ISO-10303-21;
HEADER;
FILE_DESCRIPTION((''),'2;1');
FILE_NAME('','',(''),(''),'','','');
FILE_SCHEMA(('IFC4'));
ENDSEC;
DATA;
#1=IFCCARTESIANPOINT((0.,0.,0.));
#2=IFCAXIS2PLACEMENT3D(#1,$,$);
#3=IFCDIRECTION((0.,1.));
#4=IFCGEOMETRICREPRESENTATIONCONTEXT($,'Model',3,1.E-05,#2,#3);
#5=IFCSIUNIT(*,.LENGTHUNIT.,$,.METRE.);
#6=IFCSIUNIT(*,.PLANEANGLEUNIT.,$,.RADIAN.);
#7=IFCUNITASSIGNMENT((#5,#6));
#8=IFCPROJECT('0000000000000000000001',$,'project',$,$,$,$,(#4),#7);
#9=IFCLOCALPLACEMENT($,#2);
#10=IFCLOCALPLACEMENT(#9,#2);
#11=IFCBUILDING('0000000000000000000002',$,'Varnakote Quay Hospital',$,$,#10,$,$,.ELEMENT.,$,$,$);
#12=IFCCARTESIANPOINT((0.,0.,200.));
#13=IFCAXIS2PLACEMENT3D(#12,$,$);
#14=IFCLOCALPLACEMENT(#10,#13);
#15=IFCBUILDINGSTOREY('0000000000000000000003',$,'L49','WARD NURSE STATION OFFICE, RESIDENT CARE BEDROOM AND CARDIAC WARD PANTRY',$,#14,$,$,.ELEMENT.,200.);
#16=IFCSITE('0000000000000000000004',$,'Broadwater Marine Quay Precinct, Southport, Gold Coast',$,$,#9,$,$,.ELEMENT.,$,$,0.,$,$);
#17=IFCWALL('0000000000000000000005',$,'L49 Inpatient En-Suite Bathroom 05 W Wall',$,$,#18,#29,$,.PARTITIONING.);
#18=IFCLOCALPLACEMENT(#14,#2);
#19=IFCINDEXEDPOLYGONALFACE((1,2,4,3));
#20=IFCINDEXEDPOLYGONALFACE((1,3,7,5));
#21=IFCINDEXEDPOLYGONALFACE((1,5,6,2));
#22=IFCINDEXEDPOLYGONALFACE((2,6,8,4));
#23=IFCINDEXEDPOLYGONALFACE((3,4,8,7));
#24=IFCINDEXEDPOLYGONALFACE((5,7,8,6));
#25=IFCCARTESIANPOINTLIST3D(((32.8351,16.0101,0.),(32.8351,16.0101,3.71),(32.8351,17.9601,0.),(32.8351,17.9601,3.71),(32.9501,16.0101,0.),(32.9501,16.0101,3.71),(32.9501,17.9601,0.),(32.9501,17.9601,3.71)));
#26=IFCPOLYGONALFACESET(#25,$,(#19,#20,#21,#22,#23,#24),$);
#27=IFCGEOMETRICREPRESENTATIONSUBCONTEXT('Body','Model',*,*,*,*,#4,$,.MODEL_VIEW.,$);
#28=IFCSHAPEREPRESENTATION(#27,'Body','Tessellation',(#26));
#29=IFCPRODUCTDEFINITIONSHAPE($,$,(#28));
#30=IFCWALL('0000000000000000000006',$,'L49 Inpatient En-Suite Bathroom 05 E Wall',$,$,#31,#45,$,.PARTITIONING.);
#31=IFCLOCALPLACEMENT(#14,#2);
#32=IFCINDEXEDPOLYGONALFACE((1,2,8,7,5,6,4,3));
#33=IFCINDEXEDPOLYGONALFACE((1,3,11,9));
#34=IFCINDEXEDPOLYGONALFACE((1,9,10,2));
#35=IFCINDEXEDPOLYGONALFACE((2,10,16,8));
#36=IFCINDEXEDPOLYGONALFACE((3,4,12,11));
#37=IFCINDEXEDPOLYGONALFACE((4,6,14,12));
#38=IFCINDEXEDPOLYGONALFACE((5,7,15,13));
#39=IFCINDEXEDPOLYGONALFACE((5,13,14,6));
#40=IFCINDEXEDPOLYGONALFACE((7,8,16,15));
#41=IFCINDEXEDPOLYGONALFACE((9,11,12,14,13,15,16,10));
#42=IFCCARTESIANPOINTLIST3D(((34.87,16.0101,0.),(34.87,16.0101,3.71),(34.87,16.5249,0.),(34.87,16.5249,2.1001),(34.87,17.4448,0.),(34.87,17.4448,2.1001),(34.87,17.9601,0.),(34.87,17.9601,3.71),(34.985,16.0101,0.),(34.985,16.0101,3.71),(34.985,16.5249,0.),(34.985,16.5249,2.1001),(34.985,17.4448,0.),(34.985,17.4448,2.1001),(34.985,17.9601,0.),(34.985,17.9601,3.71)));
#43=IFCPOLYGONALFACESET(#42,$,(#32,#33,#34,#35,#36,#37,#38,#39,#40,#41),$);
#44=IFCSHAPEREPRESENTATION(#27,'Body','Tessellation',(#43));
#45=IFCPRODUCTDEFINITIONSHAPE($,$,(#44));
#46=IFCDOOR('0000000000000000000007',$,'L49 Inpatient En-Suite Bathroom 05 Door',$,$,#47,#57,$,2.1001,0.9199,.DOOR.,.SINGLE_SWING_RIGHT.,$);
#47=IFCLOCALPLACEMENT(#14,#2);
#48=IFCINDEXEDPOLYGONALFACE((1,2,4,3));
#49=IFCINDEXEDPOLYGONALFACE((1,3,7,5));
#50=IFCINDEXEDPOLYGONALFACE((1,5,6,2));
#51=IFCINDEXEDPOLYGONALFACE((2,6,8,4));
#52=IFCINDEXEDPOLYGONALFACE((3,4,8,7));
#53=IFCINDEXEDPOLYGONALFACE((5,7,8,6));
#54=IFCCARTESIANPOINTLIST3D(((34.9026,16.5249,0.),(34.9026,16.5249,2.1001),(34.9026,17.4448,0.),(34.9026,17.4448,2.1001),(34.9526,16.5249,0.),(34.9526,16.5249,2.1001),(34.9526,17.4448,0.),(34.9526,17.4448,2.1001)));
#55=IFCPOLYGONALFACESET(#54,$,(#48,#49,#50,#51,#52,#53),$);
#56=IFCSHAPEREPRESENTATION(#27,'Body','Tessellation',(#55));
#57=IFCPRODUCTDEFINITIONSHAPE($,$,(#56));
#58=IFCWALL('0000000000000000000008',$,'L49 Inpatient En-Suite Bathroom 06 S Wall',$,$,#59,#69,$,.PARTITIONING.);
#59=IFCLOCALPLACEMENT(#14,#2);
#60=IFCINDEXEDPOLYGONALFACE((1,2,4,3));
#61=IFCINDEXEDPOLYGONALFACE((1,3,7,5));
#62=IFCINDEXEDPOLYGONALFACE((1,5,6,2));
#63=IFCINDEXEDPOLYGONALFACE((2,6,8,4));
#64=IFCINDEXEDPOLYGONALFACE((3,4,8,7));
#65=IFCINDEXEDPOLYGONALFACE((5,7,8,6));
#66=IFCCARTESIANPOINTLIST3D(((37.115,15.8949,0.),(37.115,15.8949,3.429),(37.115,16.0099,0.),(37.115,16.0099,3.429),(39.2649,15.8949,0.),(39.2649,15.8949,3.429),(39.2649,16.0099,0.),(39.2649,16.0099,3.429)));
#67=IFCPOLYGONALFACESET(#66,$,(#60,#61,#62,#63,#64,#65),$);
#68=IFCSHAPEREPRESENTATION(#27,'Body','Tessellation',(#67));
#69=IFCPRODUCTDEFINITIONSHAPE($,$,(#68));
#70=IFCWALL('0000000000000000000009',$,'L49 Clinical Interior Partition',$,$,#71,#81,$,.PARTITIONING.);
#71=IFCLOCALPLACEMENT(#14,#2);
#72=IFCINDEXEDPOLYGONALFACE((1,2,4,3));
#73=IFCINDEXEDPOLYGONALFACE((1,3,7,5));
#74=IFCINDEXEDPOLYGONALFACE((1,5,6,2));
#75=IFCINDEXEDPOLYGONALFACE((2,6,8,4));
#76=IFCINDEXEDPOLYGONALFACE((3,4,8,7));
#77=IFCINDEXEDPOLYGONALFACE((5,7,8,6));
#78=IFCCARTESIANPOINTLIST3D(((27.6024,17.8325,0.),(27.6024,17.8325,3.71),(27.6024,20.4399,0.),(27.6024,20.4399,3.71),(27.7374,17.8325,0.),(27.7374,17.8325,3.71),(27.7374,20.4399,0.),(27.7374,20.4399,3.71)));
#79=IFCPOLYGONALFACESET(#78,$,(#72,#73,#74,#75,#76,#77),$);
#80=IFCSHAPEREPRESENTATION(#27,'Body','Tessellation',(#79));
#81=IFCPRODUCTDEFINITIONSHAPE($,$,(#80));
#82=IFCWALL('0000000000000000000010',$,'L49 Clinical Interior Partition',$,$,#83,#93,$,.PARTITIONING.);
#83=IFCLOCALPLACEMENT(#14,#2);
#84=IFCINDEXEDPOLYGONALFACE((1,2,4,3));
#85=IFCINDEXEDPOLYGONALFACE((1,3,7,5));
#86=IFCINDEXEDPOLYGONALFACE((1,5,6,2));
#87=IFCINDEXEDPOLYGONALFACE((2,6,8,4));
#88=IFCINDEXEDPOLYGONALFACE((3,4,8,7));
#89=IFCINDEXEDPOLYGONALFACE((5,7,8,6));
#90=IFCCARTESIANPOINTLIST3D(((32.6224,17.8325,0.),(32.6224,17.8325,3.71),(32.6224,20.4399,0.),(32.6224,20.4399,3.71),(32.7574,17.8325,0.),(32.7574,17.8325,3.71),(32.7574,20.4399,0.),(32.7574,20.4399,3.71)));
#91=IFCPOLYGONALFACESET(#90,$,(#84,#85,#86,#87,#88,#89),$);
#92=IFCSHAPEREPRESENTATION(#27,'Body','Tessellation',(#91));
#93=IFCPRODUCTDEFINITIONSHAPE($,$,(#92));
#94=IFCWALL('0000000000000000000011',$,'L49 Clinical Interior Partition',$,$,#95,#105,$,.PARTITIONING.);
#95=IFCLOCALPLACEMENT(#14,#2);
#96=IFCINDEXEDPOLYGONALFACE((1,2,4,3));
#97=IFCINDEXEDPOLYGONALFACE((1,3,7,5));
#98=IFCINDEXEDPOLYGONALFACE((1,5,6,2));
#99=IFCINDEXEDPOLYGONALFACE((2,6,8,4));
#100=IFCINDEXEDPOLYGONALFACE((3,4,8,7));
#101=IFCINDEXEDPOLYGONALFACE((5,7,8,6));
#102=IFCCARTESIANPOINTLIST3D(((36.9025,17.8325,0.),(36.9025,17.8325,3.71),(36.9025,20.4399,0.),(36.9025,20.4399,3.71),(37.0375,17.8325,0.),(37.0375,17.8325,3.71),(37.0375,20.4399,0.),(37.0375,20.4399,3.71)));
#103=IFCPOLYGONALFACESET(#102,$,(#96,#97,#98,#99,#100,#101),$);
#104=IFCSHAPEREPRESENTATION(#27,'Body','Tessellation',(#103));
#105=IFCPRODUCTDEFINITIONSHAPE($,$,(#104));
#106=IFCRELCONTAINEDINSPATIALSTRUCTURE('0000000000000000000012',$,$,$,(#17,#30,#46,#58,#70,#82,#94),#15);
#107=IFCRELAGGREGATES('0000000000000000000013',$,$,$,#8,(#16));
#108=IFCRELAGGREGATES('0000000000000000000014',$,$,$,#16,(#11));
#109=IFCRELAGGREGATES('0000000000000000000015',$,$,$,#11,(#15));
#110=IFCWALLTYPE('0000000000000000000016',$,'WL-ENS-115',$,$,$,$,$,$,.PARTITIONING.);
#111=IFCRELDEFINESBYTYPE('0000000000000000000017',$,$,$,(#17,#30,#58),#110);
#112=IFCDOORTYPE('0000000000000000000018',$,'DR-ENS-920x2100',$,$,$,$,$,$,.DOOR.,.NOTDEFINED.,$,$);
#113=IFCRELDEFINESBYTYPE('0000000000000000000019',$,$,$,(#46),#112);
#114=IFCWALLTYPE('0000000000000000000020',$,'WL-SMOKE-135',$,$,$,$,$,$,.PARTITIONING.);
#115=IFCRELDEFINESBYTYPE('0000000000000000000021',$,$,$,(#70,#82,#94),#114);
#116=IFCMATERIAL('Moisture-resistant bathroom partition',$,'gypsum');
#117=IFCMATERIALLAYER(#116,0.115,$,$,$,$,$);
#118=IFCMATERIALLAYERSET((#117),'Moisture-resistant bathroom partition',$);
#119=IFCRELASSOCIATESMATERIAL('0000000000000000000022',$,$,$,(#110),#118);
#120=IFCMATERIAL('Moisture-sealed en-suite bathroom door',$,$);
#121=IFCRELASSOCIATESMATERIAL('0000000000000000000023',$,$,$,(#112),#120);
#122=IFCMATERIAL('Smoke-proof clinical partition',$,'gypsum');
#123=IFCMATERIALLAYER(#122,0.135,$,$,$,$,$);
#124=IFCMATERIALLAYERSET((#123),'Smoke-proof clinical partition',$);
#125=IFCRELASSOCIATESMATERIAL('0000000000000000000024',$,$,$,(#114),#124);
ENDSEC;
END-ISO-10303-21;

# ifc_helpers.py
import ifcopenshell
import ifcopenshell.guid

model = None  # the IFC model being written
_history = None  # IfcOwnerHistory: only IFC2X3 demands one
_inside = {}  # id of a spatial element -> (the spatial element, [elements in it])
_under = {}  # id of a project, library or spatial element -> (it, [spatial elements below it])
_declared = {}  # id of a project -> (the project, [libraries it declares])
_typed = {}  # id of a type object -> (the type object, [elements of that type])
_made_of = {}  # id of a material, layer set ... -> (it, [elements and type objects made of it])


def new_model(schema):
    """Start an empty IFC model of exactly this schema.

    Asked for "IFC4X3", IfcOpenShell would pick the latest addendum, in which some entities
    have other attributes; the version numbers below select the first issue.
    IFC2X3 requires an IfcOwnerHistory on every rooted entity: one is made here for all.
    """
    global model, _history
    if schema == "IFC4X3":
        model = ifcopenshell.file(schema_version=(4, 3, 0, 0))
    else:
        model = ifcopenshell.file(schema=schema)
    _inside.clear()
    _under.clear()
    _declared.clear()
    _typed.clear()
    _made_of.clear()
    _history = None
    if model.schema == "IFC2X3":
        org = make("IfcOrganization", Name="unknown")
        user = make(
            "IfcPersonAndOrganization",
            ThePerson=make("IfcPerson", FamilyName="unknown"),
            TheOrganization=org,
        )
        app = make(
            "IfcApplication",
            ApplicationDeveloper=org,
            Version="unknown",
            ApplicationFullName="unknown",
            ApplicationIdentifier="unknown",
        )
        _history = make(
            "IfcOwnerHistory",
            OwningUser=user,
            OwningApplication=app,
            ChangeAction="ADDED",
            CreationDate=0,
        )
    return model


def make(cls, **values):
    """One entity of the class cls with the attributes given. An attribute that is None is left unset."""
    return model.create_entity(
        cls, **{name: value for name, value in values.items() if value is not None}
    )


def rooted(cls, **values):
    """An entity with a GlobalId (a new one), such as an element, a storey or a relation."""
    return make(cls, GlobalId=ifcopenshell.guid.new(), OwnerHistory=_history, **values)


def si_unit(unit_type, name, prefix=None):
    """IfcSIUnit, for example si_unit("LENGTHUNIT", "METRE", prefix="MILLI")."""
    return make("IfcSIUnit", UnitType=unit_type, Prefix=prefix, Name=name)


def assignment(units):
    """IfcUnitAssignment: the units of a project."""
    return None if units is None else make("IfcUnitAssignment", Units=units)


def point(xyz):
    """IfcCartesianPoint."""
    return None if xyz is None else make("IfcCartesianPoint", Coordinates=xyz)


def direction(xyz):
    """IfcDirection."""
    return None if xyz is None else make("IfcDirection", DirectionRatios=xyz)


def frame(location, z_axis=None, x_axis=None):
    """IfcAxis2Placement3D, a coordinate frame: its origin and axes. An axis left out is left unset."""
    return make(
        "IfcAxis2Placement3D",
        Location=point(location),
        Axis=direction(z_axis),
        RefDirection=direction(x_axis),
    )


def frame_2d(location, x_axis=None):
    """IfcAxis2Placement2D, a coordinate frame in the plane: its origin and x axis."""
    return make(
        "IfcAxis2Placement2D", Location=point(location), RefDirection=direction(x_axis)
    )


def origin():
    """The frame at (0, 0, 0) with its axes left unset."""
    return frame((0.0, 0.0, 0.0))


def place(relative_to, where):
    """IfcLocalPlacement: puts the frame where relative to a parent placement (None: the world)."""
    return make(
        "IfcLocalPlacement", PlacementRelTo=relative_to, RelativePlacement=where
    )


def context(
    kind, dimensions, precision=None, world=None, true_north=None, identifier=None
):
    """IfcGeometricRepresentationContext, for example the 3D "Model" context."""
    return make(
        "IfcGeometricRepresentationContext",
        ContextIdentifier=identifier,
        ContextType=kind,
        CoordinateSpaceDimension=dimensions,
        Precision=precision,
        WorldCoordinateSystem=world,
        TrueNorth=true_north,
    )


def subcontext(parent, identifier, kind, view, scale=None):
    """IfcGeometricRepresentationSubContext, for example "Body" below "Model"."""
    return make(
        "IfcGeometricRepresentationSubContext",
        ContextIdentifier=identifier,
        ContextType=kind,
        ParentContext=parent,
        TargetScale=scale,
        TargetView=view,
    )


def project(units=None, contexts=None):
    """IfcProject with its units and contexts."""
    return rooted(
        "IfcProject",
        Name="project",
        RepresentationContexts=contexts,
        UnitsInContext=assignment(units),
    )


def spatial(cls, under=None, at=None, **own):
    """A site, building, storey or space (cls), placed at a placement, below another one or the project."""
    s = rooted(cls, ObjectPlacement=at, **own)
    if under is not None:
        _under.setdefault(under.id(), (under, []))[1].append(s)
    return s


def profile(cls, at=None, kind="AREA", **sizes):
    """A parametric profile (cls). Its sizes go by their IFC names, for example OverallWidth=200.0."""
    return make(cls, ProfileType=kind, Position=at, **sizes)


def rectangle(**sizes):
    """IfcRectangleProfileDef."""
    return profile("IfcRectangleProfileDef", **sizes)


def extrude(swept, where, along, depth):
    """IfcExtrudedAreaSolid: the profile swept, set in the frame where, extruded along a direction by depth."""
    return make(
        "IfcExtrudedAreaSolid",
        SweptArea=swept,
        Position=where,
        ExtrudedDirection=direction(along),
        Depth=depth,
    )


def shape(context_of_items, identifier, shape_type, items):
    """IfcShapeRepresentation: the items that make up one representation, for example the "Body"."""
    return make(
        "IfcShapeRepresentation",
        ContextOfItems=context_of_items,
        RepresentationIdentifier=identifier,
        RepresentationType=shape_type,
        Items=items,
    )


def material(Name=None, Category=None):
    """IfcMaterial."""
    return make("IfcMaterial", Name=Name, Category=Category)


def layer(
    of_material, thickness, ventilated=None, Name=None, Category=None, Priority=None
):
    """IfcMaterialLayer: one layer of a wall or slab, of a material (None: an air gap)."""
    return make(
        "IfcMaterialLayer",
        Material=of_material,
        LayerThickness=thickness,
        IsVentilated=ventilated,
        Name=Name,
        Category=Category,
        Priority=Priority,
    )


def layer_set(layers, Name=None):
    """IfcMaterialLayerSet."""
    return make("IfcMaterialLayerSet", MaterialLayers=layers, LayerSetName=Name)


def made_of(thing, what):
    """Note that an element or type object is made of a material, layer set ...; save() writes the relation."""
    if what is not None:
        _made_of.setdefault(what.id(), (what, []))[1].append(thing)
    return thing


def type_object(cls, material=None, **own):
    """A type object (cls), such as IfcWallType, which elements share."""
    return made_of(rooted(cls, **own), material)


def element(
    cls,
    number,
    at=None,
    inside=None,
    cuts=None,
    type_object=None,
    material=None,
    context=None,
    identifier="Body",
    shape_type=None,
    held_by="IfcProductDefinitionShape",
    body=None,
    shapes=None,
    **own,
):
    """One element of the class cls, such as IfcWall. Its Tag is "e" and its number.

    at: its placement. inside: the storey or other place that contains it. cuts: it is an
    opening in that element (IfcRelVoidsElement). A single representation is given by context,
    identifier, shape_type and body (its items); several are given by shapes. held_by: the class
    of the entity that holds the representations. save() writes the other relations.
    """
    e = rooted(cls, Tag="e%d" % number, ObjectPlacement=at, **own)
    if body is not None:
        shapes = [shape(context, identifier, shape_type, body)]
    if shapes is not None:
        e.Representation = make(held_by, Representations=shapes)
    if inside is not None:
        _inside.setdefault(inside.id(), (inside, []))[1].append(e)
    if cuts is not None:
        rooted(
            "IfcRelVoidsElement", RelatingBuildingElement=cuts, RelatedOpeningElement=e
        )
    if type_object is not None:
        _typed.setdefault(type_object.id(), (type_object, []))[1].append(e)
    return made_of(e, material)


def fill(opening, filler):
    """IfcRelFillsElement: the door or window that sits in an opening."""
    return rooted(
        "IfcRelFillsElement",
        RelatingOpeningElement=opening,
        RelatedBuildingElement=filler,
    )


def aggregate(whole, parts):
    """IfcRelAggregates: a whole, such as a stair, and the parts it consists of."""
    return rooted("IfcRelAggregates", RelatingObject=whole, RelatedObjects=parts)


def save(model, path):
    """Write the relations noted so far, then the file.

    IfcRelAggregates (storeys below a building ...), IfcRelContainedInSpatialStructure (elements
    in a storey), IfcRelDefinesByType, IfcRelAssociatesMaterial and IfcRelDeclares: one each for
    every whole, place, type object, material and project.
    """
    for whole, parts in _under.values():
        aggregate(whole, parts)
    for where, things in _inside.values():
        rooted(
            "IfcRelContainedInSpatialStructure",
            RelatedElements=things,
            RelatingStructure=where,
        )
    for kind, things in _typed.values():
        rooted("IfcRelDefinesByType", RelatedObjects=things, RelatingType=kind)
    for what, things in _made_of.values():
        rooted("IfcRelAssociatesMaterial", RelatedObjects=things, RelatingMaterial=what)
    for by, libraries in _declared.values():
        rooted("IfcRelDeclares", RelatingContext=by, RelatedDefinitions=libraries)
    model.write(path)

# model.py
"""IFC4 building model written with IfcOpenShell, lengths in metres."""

from ifc_helpers import new_model, si_unit, direction, frame, frame_2d, origin, place, context, subcontext, project, spatial, rectangle, extrude, material, layer, layer_set, type_object, element, fill, save


model = new_model("IFC4")

# Units and contexts
model_context = context("Model", 3, precision=1e-05, world=origin(), true_north=direction((0.0, 1.0)))
body_context = subcontext(model_context, "Body", "Model", "MODEL_VIEW")
ifc_project = project(units=[si_unit("LENGTHUNIT", "METRE"), si_unit("PLANEANGLEUNIT", "RADIAN")], contexts=[model_context])

# Site, building, storey
site_placement = place(None, origin())
site = spatial("IfcSite", under=ifc_project, at=site_placement, Name="Broadwater Marine Quay Precinct, Southport, Gold Coast", CompositionType="ELEMENT", RefElevation=0.0)
building_placement = place(site_placement, origin())
building = spatial("IfcBuilding", under=site, at=building_placement, Name="Varnakote Quay Hospital", CompositionType="ELEMENT")
storey_placement = place(building_placement, frame((0.0, 0.0, 200.0)))
storey = spatial("IfcBuildingStorey", under=building, at=storey_placement, Name="L49", Description="WARD NURSE STATION OFFICE, RESIDENT CARE BEDROOM AND CARDIAC WARD PANTRY", CompositionType="ELEMENT", Elevation=200.0)

# Shared definitions
ifc_material_1 = material(Name="Moisture-resistant bathroom partition", Category="gypsum")
ifc_layer_1 = layer(ifc_material_1, 0.115)
ifc_layer_set_1 = layer_set([ifc_layer_1], Name="Moisture-resistant bathroom partition")
wall_type_1 = type_object("IfcWallType", Name="WL-ENS-115", PredefinedType="PARTITIONING", material=ifc_layer_set_1)
ifc_material_2 = material(Name="Moisture-sealed en-suite bathroom door")
door_type_1 = type_object("IfcDoorType", Name="DR-ENS-920x2100", OperationType="NOTDEFINED", PredefinedType="DOOR", material=ifc_material_2)

# Wall
wall_1_placement = place(storey_placement, frame((32.8926, 16.01, 0.0), z_axis=(0.0, 0.0, 1.0), x_axis=(0.0, 1.0, 0.0)))
element("IfcWall", 1, at=wall_1_placement, inside=storey, type_object=wall_type_1, Name="L49 Inpatient En-Suite Bathroom 05 W Wall", PredefinedType="PARTITIONING", context=body_context, shape_type="SweptSolid", body=[
    extrude(rectangle(XDim=1.95, YDim=0.115, at=frame_2d((0.9751, 0.0))), origin(), (0.0, 0.0, 1.0), 3.71),
])

# Wall, opening, door
wall_2_placement = place(storey_placement, frame((34.9275, 16.01, 0.0), z_axis=(0.0, 0.0, 1.0), x_axis=(0.0, 1.0, 0.0)))
wall_2 = element("IfcWall", 2, at=wall_2_placement, inside=storey, type_object=wall_type_1, Name="L49 Inpatient En-Suite Bathroom 05 E Wall", PredefinedType="PARTITIONING", context=body_context, shape_type="SweptSolid", body=[
    extrude(rectangle(XDim=1.95, YDim=0.115, at=frame_2d((0.9751, 0.0))), origin(), (0.0, 0.0, 1.0), 3.71),
])
opening_1_placement = place(wall_2_placement, frame((0.5149, 0.0, 0.0)))
opening_1 = element("IfcOpeningElement", 3, at=opening_1_placement, cuts=wall_2, PredefinedType="OPENING", context=body_context, shape_type="SweptSolid", body=[
    extrude(rectangle(XDim=0.9199, YDim=2.1001, at=frame_2d((0.46, 1.05))), frame((0.0, 0.0674, 0.0), z_axis=(0.0, -1.0, 0.0), x_axis=(1.0, 0.0, 0.0)), (0.0, 0.0, 1.0), 0.135),
])
door_1_placement = place(opening_1_placement, origin())
door_1 = element("IfcDoor", 4, at=door_1_placement, inside=storey, type_object=door_type_1, Name="L49 Inpatient En-Suite Bathroom 05 Door", OperationType="SINGLE_SWING_RIGHT", OverallHeight=2.1001, OverallWidth=0.9199, PredefinedType="DOOR", context=body_context, shape_type="SweptSolid", body=[
    extrude(rectangle(XDim=0.9199, YDim=2.1001, at=frame_2d((0.46, 1.05))), frame((0.0, 0.0249, 0.0), z_axis=(0.0, -1.0, 0.0), x_axis=(1.0, 0.0, 0.0)), (0.0, 0.0, 1.0), 0.05),
])
fill(opening_1, door_1)

# Walls
wall_3_placement = place(storey_placement, frame((37.115, 15.9524, 0.0), z_axis=(0.0, 0.0, 1.0), x_axis=(1.0, 0.0, 0.0)))
element("IfcWall", 5, at=wall_3_placement, inside=storey, type_object=wall_type_1, Name="L49 Inpatient En-Suite Bathroom 06 S Wall", PredefinedType="PARTITIONING", context=body_context, shape_type="SweptSolid", body=[
    extrude(rectangle(XDim=2.1499, YDim=0.115, at=frame_2d((1.075, 0.0))), origin(), (0.0, 0.0, 1.0), 3.429),
])
ifc_material_3 = material(Name="Smoke-proof clinical partition", Category="gypsum")
ifc_layer_2 = layer(ifc_material_3, 0.135)
ifc_layer_set_2 = layer_set([ifc_layer_2], Name="Smoke-proof clinical partition")
wall_type_2 = type_object("IfcWallType", Name="WL-SMOKE-135", PredefinedType="PARTITIONING", material=ifc_layer_set_2)
for number, where, z_axis, x_axis, name in (
    (6, (27.6699, 17.8325, 0.0), (0.0, 0.0, 1.0), (0.0, 1.0, 0.0), "L49 Clinical Interior Partition"),
    (7, (32.6899, 17.8325, 0.0), (0.0, 0.0, 1.0), (0.0, 1.0, 0.0), "L49 Clinical Interior Partition"),
    (8, (36.97, 17.8325, 0.0), (0.0, 0.0, 1.0), (0.0, 1.0, 0.0), "L49 Clinical Interior Partition"),
):
    element("IfcWall", number, at=place(storey_placement, frame(where, z_axis=z_axis, x_axis=x_axis)), inside=storey, type_object=wall_type_2, Name=name, PredefinedType="PARTITIONING", context=body_context, shape_type="SweptSolid", body=[
        extrude(rectangle(XDim=2.6074, YDim=0.135, at=frame_2d((1.3037, 0.0))), origin(), (0.0, 0.0, 1.0), 3.71),
    ])

save(model, "model.ifc")
